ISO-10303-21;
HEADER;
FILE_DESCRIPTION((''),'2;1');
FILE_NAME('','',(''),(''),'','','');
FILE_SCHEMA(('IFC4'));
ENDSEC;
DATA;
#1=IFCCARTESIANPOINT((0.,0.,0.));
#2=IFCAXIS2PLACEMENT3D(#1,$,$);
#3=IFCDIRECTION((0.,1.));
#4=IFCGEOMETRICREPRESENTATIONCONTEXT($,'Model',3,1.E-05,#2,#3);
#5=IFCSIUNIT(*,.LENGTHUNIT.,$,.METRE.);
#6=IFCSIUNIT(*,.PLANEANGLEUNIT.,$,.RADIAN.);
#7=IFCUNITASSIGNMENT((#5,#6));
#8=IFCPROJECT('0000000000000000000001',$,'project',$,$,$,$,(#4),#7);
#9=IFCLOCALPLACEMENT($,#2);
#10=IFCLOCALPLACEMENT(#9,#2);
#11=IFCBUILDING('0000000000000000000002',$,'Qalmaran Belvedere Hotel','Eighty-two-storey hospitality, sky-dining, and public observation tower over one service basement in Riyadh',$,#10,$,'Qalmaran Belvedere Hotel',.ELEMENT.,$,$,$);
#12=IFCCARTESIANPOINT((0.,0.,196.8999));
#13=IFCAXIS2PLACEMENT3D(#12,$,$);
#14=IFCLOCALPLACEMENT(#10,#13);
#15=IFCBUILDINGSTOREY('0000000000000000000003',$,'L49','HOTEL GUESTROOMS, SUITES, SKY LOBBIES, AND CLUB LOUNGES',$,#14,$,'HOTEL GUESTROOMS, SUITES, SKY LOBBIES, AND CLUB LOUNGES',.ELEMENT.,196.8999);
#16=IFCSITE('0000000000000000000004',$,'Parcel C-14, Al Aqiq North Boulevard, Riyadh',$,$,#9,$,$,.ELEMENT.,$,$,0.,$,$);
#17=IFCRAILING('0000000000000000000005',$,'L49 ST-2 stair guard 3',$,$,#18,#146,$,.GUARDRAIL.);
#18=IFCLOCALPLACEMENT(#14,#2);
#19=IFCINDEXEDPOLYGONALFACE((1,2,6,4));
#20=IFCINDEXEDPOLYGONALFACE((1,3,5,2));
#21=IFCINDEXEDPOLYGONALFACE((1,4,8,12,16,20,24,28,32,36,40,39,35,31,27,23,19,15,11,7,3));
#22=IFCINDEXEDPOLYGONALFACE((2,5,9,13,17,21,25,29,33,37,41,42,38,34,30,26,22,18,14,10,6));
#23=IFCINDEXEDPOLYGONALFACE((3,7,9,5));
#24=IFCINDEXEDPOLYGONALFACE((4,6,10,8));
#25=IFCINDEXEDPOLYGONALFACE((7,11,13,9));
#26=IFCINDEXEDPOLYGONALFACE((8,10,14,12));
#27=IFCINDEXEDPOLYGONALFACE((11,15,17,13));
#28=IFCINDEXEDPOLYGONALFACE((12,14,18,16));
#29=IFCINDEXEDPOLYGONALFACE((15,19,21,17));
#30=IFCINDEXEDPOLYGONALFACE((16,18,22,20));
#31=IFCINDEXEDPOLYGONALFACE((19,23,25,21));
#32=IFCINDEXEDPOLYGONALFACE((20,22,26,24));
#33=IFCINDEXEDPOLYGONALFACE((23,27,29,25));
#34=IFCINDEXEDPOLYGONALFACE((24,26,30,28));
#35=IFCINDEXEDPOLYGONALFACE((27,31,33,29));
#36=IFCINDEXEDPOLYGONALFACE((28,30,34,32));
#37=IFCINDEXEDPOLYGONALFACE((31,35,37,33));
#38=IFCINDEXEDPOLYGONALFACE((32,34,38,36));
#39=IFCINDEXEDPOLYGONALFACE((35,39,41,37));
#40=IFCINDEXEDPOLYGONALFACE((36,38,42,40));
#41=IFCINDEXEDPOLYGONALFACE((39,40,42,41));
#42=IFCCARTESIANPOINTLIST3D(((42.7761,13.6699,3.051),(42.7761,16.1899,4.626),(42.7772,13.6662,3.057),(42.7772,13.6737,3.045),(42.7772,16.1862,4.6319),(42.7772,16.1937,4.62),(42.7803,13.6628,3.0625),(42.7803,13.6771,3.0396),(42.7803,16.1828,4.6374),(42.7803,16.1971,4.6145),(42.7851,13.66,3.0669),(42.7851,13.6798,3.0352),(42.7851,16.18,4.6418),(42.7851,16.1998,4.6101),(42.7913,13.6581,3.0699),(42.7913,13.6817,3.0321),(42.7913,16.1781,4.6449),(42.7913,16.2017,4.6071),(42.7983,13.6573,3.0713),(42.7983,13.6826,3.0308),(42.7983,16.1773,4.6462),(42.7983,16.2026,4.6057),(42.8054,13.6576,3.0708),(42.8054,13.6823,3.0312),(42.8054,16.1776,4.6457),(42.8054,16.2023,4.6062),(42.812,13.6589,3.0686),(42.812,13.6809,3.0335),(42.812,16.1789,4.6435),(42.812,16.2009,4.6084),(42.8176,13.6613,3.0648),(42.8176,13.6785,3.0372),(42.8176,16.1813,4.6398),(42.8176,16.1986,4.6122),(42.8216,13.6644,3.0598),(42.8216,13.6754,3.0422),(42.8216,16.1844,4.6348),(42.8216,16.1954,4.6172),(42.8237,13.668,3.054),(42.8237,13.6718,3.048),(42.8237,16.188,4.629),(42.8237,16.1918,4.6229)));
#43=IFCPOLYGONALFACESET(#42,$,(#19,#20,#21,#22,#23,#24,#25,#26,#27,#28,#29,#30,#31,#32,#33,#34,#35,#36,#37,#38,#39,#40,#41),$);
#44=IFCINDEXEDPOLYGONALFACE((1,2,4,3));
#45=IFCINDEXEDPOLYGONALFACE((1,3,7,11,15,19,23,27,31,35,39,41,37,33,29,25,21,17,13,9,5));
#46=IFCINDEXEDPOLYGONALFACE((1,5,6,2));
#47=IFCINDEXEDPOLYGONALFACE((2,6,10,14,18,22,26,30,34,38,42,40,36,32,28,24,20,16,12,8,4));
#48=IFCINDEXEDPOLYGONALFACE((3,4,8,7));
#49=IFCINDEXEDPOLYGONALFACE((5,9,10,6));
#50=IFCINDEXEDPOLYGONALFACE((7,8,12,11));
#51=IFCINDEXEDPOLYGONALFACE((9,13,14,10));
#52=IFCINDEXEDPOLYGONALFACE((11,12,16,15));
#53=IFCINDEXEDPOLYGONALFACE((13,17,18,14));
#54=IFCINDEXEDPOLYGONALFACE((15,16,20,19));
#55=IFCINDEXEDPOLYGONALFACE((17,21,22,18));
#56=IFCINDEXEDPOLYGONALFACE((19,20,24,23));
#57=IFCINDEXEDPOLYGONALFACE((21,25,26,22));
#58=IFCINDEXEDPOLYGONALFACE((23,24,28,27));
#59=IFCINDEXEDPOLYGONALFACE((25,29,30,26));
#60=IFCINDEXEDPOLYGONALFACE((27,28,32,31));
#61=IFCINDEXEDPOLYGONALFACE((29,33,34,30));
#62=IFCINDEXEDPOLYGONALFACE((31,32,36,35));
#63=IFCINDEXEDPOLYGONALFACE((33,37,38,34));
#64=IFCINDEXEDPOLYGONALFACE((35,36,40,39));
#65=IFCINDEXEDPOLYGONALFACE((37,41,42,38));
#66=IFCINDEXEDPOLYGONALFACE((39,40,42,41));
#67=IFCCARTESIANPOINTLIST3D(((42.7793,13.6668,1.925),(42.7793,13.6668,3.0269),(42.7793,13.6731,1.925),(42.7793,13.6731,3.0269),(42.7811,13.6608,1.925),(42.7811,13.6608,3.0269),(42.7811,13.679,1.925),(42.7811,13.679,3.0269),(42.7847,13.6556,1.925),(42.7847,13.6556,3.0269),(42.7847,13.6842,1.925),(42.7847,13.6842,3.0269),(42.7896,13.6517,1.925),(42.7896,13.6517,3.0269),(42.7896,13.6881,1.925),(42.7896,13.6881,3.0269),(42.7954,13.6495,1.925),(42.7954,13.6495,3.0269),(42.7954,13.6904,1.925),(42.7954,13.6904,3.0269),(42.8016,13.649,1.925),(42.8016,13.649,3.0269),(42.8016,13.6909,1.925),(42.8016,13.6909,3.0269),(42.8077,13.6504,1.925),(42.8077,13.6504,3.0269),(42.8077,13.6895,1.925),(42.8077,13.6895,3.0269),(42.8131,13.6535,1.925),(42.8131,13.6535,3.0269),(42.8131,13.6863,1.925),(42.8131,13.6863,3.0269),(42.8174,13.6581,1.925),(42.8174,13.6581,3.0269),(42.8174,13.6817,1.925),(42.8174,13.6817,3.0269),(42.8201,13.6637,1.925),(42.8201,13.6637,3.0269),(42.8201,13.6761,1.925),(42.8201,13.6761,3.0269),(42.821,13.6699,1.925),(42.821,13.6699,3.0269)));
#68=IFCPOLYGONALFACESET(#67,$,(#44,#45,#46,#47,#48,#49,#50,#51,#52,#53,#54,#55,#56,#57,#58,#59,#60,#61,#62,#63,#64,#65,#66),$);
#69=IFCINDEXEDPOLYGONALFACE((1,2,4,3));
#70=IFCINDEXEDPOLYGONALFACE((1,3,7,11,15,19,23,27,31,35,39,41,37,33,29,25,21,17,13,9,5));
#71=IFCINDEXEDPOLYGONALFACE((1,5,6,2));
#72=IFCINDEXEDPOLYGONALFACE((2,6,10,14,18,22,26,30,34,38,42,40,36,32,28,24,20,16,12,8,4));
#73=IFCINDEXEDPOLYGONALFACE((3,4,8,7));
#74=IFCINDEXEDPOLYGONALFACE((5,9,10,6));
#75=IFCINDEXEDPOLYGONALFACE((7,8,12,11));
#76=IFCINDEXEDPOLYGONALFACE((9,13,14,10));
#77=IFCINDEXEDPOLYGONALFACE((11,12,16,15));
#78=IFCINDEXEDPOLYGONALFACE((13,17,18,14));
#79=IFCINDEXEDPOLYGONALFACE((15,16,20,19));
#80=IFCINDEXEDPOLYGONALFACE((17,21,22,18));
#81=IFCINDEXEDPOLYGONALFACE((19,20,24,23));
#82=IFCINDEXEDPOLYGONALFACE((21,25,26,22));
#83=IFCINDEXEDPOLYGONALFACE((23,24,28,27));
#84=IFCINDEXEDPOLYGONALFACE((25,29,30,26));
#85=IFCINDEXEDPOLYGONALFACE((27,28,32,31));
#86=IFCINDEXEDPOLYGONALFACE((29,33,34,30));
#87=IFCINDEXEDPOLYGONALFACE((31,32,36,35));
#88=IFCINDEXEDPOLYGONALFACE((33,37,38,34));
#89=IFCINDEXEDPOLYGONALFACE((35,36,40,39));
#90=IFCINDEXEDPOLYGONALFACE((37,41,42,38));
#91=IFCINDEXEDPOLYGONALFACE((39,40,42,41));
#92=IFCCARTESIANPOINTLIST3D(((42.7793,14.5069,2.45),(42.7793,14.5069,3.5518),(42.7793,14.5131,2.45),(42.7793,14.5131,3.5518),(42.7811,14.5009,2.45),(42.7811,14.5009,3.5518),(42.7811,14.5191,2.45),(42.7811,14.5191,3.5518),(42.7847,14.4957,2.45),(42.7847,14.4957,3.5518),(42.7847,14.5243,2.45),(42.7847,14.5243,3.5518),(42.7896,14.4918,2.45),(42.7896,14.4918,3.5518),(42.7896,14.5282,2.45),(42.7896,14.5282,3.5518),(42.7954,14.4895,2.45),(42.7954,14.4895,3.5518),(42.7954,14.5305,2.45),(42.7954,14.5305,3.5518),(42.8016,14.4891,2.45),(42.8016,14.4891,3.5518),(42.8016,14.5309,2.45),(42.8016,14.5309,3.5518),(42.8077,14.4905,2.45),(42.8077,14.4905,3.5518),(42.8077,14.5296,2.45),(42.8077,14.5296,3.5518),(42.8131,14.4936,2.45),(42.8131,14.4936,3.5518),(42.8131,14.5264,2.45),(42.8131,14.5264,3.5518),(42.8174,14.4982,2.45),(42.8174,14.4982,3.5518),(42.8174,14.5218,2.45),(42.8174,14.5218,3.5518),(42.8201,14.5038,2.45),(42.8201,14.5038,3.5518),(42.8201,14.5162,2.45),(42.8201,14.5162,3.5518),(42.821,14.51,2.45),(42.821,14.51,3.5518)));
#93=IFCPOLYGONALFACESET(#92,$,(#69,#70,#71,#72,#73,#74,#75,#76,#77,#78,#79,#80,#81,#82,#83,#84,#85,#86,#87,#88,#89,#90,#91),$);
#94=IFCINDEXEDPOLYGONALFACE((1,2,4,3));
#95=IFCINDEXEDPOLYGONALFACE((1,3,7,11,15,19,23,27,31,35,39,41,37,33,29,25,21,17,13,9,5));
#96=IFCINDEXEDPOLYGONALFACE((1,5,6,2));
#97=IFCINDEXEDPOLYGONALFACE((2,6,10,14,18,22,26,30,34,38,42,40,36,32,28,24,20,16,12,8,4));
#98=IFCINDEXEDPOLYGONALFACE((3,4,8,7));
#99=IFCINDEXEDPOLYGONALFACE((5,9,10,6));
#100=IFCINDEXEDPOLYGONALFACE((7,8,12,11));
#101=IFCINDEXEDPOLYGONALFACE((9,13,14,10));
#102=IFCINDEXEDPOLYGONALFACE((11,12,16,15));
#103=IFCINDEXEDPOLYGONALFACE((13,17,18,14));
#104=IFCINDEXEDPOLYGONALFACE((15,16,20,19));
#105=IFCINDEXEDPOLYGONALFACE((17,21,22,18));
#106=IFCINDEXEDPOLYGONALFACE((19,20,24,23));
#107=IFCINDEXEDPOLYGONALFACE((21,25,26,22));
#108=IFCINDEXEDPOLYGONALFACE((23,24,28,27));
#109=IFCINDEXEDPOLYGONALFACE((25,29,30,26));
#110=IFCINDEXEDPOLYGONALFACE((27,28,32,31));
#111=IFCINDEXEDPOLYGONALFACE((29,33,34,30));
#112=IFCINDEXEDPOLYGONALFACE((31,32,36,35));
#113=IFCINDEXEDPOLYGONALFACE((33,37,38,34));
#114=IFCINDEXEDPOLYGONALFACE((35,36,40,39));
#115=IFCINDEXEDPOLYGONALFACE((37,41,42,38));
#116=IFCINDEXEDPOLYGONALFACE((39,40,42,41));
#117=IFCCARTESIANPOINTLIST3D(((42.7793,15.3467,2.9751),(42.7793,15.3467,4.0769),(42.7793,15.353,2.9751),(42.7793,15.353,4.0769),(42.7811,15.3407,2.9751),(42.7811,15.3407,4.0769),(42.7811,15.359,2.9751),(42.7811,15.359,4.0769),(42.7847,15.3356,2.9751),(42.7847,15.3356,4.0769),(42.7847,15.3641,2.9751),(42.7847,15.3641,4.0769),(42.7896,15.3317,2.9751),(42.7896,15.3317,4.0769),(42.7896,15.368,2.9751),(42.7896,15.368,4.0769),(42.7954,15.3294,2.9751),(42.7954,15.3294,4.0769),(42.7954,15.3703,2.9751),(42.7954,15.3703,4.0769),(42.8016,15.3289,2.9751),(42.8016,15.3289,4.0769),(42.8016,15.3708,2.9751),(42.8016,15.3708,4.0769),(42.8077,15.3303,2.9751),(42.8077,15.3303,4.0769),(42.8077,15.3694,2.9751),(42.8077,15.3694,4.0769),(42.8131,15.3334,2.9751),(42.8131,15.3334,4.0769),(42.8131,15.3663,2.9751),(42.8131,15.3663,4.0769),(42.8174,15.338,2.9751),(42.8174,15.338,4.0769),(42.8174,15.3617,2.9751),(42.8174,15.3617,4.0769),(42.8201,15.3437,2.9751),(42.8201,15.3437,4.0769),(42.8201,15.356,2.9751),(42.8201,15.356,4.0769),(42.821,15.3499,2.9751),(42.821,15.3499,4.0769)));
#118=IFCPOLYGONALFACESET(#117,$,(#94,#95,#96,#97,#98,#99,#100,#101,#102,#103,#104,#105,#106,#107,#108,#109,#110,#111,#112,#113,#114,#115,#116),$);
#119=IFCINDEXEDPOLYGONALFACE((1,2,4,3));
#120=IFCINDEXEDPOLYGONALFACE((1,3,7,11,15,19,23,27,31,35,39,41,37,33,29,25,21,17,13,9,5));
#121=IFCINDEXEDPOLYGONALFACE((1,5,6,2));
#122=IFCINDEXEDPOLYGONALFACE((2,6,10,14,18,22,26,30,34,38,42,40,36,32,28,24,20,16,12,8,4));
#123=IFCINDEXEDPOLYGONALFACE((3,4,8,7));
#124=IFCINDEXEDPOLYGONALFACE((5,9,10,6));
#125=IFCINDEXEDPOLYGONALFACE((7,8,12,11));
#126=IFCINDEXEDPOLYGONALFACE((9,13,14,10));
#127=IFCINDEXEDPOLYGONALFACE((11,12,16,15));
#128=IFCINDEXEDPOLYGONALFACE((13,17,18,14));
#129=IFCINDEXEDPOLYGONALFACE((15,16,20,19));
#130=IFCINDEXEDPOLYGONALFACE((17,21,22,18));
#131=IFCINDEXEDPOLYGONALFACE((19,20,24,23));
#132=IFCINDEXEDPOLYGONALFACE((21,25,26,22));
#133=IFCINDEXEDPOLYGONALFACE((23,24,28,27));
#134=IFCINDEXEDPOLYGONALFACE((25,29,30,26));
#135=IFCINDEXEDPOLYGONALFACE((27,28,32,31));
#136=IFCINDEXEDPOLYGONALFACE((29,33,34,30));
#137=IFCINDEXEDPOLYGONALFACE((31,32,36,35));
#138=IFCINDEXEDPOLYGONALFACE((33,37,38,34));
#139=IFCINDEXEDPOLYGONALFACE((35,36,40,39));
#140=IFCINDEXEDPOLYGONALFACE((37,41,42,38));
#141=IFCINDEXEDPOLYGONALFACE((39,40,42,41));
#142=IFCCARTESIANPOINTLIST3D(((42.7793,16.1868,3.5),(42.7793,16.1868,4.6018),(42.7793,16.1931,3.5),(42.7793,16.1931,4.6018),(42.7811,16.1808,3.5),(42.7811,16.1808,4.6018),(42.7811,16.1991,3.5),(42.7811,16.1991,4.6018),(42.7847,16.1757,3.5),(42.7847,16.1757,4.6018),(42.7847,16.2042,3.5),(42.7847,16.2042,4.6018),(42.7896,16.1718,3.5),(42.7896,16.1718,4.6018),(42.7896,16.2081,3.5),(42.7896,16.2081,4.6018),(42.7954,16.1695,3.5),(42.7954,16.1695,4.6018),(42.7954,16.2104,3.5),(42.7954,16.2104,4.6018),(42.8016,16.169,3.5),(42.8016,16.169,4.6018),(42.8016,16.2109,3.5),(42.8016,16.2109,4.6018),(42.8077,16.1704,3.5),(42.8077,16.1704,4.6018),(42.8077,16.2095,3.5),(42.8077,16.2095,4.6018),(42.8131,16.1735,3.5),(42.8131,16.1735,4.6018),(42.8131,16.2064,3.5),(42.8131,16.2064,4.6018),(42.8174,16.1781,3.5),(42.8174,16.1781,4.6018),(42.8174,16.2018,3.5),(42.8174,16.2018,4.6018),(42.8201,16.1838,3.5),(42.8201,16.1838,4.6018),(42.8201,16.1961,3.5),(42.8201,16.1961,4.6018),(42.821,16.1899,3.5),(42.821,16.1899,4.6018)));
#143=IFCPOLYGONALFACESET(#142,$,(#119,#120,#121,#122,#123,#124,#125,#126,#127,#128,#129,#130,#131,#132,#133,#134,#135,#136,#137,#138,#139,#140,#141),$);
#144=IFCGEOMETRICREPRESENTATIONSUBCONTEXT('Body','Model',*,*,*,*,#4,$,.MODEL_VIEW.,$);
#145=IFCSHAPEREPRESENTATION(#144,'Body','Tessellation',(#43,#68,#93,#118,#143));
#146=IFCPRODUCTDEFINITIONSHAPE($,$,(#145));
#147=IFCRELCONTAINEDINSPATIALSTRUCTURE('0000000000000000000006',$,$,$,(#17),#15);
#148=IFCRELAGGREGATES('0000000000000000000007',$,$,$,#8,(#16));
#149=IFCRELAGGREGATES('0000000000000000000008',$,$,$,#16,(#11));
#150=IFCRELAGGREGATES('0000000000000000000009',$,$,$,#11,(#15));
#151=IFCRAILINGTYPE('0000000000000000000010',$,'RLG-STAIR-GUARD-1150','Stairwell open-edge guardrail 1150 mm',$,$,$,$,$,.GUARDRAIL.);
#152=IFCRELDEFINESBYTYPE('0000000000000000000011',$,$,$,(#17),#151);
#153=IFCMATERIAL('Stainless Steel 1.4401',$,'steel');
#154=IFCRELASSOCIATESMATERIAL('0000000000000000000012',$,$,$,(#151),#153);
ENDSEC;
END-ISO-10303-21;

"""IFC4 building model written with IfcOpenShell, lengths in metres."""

from ifc_helpers import new_model, si_unit, direction, frame, origin, origin_2d, place, context, subcontext, project, spatial, circle, extrude, material, type_object, element, save


model = new_model("IFC4")

# Units and contexts
model_context = context("Model", 3, precision=1e-05, world=origin(), true_north=direction((0.0, 1.0)))
body_context = subcontext(model_context, "Body", "Model", "MODEL_VIEW")
ifc_project = project(units=[si_unit("LENGTHUNIT", "METRE"), si_unit("PLANEANGLEUNIT", "RADIAN")], contexts=[model_context])

# Site, building, storey
site_placement = place(None, origin())
site = spatial("IfcSite", under=ifc_project, at=site_placement, Name="Parcel C-14, Al Aqiq North Boulevard, Riyadh", CompositionType="ELEMENT", RefElevation=0.0)
building_placement = place(site_placement, origin())
building = spatial("IfcBuilding", under=site, at=building_placement, Name="Qalmaran Belvedere Hotel", Description="Eighty-two-storey hospitality, sky-dining, and public observation tower over one service basement in Riyadh", LongName="Qalmaran Belvedere Hotel", CompositionType="ELEMENT")
storey_placement = place(building_placement, frame((0.0, 0.0, 196.8999)))
storey = spatial("IfcBuildingStorey", under=building, at=storey_placement, Name="L49", Description="HOTEL GUESTROOMS, SUITES, SKY LOBBIES, AND CLUB LOUNGES", LongName="HOTEL GUESTROOMS, SUITES, SKY LOBBIES, AND CLUB LOUNGES", CompositionType="ELEMENT", Elevation=196.8999)

# Railing
ifc_material_1 = material(Name="Stainless Steel 1.4401", Category="steel")
railing_type_1 = type_object("IfcRailingType", Name="RLG-STAIR-GUARD-1150", Description="Stairwell open-edge guardrail 1150 mm", PredefinedType="GUARDRAIL", material=ifc_material_1)
railing_1_placement = place(storey_placement, frame((42.8, 13.6699, 1.925)))
element("IfcRailing", 1, at=railing_1_placement, inside=storey, type_object=railing_type_1, Name="L49 ST-2 stair guard 3", PredefinedType="GUARDRAIL", context=body_context, shape_type="SweptSolid", body=[
    extrude(circle(Radius=0.0239, at=origin_2d()), frame((0.0, 0.0, 1.126), z_axis=(0.0, 0.848008, 0.529984), x_axis=(-1.0, 0.0, 0.0)), (0.0, 0.0, 1.0), 2.9717),
    extrude(circle(Radius=0.021, at=origin_2d()), origin(), (0.0, 0.0, 1.0), 1.1018),
    extrude(circle(Radius=0.021, at=origin_2d()), frame((0.0, 0.8401, 0.5249)), (0.0, 0.0, 1.0), 1.1018),
    extrude(circle(Radius=0.021, at=origin_2d()), frame((0.0, 1.6799, 1.05)), (0.0, 0.0, 1.0), 1.1018),
    extrude(circle(Radius=0.021, at=origin_2d()), frame((0.0, 2.52, 1.575)), (0.0, 0.0, 1.0), 1.1018),
])

save(model, "model.ifc")
